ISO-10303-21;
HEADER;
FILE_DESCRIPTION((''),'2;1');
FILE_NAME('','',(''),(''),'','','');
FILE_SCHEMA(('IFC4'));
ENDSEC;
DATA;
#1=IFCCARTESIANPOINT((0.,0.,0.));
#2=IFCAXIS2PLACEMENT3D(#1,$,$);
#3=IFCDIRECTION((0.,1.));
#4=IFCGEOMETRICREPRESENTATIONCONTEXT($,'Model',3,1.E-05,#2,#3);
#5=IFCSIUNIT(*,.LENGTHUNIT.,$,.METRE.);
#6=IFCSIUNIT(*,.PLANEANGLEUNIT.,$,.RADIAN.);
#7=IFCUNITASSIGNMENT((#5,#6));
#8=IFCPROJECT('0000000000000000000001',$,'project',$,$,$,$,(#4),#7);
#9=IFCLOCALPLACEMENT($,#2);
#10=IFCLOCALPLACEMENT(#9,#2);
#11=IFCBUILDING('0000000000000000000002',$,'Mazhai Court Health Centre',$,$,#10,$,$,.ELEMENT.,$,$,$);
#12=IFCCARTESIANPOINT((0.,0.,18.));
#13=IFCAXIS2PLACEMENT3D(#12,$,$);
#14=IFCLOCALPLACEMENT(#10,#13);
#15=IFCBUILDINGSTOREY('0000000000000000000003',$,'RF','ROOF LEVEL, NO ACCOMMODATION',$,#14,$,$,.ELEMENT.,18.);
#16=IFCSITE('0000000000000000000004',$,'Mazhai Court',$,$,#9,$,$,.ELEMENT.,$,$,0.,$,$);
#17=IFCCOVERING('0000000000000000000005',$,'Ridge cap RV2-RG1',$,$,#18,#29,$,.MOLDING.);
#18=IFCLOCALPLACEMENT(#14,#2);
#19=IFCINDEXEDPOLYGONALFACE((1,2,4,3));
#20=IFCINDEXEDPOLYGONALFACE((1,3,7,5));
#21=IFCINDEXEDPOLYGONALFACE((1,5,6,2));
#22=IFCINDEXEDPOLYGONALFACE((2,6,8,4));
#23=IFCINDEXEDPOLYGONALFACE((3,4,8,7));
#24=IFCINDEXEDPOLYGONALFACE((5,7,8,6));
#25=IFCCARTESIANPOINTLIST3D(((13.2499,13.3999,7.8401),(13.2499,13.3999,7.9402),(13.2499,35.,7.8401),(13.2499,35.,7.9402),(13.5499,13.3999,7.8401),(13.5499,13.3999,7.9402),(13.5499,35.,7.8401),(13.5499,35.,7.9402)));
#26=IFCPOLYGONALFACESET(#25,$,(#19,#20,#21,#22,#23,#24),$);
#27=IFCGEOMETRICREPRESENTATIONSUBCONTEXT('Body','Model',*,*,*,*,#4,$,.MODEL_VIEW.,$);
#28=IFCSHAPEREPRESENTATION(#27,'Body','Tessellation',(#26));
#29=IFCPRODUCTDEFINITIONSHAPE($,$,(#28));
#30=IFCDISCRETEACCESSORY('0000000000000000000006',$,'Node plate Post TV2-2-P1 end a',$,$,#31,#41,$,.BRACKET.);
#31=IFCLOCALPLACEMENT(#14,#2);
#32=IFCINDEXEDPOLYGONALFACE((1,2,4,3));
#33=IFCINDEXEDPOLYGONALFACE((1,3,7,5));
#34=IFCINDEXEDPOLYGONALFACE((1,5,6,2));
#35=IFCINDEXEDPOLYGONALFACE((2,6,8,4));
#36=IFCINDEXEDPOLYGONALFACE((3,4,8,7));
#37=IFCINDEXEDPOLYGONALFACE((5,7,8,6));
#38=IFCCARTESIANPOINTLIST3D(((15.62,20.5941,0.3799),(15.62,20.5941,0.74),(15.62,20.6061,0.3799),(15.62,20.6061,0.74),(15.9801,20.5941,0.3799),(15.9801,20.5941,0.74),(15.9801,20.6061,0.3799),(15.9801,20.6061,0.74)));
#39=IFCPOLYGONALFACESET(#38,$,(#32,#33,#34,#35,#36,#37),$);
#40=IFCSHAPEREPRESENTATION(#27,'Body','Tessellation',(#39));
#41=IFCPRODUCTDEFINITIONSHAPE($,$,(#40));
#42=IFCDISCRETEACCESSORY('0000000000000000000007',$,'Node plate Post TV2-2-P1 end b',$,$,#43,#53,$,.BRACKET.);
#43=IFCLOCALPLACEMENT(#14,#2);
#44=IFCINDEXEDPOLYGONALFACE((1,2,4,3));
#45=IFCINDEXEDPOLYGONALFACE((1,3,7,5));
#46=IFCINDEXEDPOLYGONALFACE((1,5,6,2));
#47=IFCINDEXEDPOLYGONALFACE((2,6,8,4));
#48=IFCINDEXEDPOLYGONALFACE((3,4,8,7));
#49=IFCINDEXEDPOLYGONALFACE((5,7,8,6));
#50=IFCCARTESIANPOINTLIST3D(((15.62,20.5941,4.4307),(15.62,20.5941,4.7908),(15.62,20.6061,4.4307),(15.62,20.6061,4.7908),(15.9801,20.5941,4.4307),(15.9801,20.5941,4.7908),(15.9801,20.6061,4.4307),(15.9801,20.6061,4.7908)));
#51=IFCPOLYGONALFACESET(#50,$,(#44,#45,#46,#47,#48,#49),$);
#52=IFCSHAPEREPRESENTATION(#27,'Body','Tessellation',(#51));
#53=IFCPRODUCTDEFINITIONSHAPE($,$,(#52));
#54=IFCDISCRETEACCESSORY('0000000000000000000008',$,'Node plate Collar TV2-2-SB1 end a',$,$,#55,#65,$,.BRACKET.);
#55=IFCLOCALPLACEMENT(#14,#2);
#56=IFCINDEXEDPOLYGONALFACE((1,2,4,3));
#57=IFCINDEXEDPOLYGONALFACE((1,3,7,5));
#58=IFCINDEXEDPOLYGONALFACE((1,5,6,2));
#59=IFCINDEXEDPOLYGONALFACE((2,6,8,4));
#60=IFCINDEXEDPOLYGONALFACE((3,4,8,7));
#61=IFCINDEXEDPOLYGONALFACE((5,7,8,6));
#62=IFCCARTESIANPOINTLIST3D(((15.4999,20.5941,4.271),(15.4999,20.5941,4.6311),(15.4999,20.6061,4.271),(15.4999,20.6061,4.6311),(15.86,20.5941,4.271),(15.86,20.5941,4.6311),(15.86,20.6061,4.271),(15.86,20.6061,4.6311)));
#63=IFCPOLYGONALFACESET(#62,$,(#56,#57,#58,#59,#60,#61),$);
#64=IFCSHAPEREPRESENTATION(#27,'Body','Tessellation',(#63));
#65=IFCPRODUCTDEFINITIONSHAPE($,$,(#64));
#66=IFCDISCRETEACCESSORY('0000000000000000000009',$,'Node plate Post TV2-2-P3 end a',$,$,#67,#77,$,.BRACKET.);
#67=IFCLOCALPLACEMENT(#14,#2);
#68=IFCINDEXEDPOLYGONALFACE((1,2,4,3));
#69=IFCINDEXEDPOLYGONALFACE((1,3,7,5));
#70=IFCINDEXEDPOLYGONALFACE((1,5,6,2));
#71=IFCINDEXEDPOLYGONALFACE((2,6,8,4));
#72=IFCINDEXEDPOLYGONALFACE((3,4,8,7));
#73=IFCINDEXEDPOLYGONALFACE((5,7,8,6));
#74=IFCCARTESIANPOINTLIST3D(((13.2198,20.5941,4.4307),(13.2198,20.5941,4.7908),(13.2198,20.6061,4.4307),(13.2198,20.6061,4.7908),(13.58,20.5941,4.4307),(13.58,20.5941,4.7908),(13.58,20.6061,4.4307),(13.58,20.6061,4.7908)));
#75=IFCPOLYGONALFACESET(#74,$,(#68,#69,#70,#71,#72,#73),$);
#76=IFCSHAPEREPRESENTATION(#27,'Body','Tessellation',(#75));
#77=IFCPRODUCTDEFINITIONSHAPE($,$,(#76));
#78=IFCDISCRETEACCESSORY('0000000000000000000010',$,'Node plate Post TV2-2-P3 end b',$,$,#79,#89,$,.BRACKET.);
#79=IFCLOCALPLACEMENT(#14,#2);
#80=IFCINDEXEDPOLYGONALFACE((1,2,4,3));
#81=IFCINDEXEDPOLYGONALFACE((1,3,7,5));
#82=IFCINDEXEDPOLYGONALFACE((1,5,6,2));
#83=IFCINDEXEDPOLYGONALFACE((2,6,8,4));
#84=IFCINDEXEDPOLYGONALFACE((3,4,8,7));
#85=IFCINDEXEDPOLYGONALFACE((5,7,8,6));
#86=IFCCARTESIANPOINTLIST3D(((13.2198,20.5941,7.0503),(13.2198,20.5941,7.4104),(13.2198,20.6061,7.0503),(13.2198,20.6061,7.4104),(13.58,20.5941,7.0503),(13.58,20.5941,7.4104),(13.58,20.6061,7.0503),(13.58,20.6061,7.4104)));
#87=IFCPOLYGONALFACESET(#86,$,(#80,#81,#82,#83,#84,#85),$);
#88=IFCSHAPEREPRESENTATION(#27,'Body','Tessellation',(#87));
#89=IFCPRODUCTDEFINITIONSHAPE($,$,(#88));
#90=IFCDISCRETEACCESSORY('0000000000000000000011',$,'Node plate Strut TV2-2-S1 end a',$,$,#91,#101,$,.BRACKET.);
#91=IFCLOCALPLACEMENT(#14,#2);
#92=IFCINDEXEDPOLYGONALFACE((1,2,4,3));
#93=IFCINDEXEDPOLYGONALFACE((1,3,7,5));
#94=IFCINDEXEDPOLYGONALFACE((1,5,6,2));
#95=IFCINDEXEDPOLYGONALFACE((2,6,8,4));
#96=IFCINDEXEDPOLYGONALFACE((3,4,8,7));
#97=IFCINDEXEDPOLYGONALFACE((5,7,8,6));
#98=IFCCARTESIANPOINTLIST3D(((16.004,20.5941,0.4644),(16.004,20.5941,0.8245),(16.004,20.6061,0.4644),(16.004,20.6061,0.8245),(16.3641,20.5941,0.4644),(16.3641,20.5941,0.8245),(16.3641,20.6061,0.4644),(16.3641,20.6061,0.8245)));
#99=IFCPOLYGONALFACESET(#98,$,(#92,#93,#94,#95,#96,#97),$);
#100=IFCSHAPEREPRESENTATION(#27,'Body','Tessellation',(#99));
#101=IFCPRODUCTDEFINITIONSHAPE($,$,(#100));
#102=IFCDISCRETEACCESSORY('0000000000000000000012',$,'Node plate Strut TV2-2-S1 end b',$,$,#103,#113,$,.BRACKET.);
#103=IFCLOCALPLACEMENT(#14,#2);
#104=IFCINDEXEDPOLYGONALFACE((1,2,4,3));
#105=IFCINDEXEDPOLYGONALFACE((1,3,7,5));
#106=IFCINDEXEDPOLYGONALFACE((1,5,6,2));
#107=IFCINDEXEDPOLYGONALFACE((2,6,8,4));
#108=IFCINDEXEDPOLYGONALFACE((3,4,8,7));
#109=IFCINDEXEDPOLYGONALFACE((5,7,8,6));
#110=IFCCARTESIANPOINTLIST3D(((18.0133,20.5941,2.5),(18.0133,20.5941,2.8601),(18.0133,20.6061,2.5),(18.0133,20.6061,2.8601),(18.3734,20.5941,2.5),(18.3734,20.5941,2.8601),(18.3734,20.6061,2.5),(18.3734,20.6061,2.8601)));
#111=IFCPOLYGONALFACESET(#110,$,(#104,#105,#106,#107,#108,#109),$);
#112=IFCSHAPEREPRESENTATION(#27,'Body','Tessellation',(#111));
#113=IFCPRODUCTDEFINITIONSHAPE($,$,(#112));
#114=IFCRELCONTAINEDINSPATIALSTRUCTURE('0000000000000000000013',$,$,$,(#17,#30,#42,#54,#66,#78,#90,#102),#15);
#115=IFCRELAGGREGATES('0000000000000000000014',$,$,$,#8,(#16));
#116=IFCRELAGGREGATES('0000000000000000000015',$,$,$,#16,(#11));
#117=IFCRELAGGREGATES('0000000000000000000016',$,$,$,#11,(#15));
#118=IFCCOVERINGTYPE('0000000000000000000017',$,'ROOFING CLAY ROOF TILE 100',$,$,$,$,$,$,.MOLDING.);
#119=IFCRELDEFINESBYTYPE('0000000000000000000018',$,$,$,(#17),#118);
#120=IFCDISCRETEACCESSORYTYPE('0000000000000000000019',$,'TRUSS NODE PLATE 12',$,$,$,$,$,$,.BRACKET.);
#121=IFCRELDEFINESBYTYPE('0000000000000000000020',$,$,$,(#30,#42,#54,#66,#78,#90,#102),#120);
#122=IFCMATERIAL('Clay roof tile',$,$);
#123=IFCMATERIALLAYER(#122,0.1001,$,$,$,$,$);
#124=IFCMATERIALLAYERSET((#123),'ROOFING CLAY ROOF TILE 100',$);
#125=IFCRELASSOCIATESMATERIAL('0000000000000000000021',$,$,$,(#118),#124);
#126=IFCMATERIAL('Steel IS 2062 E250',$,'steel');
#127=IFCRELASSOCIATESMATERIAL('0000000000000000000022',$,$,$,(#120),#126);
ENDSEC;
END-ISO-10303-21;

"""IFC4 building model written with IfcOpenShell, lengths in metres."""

from ifc_helpers import new_model, si_unit, direction, frame, origin, origin_2d, place, context, subcontext, project, spatial, rectangle, extrude, material, layer, layer_set, type_object, element, save


model = new_model("IFC4")

# Units and contexts
model_context = context("Model", 3, precision=1e-05, world=origin(), true_north=direction((0.0, 1.0)))
body_context = subcontext(model_context, "Body", "Model", "MODEL_VIEW")
ifc_project = project(units=[si_unit("LENGTHUNIT", "METRE"), si_unit("PLANEANGLEUNIT", "RADIAN")], contexts=[model_context])

# Site, building, storey
site_placement = place(None, origin())
site = spatial("IfcSite", under=ifc_project, at=site_placement, Name="Mazhai Court", CompositionType="ELEMENT", RefElevation=0.0)
building_placement = place(site_placement, origin())
building = spatial("IfcBuilding", under=site, at=building_placement, Name="Mazhai Court Health Centre", CompositionType="ELEMENT")
storey_placement = place(building_placement, frame((0.0, 0.0, 18.0)))
storey = spatial("IfcBuildingStorey", under=building, at=storey_placement, Name="RF", Description="ROOF LEVEL, NO ACCOMMODATION", CompositionType="ELEMENT", Elevation=18.0)

# Covering
ifc_material_1 = material(Name="Clay roof tile")
ifc_layer = layer(ifc_material_1, 0.1001)
ifc_layer_set = layer_set([ifc_layer], Name="ROOFING CLAY ROOF TILE 100")
covering_type = type_object("IfcCoveringType", Name="ROOFING CLAY ROOF TILE 100", PredefinedType="MOLDING", material=ifc_layer_set)
covering_placement = place(storey_placement, frame((13.3999, 24.2, 7.8401), z_axis=(0.0, 0.0, 1.0), x_axis=(1.0, 0.0, 0.0)))
element("IfcCovering", 1, at=covering_placement, inside=storey, type_object=covering_type, Name="Ridge cap RV2-RG1", PredefinedType="MOLDING", context=body_context, shape_type="SweptSolid", body=[
    extrude(rectangle(XDim=0.3, YDim=21.6001, at=origin_2d()), origin(), (0.0, 0.0, 1.0), 0.1001),
])

# Discrete accessories
ifc_material_2 = material(Name="Steel IS 2062 E250", Category="steel")
discrete_accessory_type = type_object("IfcDiscreteAccessoryType", Name="TRUSS NODE PLATE 12", PredefinedType="BRACKET", material=ifc_material_2)
for number, where, z_axis, x_axis, name in (
    (2, (15.8, 20.6001, 0.3799), (0.0, 0.0, 1.0), (1.0, 0.0, 0.0), "Node plate Post TV2-2-P1 end a"),
    (3, (15.8, 20.6001, 4.4307), (0.0, 0.0, 1.0), (1.0, 0.0, 0.0), "Node plate Post TV2-2-P1 end b"),
    (4, (15.6799, 20.6001, 4.271), (0.0, 0.0, 1.0), (1.0, 0.0, 0.0), "Node plate Collar TV2-2-SB1 end a"),
    (5, (13.3999, 20.6001, 4.4307), (0.0, 0.0, 1.0), (1.0, 0.0, 0.0), "Node plate Post TV2-2-P3 end a"),
    (6, (13.3999, 20.6001, 7.0503), (0.0, 0.0, 1.0), (1.0, 0.0, 0.0), "Node plate Post TV2-2-P3 end b"),
    (7, (16.1841, 20.6001, 0.4644), (0.0, 0.0, 1.0), (1.0, 0.0, 0.0), "Node plate Strut TV2-2-S1 end a"),
    (8, (18.1934, 20.6001, 2.5), (0.0, 0.0, 1.0), (1.0, 0.0, 0.0), "Node plate Strut TV2-2-S1 end b"),
):
    element("IfcDiscreteAccessory", number, at=place(storey_placement, frame(where, z_axis=z_axis, x_axis=x_axis)), inside=storey, type_object=discrete_accessory_type, Name=name, PredefinedType="BRACKET", context=body_context, shape_type="SweptSolid", body=[
        extrude(rectangle(XDim=0.3601, YDim=0.012, at=origin_2d()), origin(), (0.0, 0.0, 1.0), 0.3601),
    ])

save(model, "model.ifc")
